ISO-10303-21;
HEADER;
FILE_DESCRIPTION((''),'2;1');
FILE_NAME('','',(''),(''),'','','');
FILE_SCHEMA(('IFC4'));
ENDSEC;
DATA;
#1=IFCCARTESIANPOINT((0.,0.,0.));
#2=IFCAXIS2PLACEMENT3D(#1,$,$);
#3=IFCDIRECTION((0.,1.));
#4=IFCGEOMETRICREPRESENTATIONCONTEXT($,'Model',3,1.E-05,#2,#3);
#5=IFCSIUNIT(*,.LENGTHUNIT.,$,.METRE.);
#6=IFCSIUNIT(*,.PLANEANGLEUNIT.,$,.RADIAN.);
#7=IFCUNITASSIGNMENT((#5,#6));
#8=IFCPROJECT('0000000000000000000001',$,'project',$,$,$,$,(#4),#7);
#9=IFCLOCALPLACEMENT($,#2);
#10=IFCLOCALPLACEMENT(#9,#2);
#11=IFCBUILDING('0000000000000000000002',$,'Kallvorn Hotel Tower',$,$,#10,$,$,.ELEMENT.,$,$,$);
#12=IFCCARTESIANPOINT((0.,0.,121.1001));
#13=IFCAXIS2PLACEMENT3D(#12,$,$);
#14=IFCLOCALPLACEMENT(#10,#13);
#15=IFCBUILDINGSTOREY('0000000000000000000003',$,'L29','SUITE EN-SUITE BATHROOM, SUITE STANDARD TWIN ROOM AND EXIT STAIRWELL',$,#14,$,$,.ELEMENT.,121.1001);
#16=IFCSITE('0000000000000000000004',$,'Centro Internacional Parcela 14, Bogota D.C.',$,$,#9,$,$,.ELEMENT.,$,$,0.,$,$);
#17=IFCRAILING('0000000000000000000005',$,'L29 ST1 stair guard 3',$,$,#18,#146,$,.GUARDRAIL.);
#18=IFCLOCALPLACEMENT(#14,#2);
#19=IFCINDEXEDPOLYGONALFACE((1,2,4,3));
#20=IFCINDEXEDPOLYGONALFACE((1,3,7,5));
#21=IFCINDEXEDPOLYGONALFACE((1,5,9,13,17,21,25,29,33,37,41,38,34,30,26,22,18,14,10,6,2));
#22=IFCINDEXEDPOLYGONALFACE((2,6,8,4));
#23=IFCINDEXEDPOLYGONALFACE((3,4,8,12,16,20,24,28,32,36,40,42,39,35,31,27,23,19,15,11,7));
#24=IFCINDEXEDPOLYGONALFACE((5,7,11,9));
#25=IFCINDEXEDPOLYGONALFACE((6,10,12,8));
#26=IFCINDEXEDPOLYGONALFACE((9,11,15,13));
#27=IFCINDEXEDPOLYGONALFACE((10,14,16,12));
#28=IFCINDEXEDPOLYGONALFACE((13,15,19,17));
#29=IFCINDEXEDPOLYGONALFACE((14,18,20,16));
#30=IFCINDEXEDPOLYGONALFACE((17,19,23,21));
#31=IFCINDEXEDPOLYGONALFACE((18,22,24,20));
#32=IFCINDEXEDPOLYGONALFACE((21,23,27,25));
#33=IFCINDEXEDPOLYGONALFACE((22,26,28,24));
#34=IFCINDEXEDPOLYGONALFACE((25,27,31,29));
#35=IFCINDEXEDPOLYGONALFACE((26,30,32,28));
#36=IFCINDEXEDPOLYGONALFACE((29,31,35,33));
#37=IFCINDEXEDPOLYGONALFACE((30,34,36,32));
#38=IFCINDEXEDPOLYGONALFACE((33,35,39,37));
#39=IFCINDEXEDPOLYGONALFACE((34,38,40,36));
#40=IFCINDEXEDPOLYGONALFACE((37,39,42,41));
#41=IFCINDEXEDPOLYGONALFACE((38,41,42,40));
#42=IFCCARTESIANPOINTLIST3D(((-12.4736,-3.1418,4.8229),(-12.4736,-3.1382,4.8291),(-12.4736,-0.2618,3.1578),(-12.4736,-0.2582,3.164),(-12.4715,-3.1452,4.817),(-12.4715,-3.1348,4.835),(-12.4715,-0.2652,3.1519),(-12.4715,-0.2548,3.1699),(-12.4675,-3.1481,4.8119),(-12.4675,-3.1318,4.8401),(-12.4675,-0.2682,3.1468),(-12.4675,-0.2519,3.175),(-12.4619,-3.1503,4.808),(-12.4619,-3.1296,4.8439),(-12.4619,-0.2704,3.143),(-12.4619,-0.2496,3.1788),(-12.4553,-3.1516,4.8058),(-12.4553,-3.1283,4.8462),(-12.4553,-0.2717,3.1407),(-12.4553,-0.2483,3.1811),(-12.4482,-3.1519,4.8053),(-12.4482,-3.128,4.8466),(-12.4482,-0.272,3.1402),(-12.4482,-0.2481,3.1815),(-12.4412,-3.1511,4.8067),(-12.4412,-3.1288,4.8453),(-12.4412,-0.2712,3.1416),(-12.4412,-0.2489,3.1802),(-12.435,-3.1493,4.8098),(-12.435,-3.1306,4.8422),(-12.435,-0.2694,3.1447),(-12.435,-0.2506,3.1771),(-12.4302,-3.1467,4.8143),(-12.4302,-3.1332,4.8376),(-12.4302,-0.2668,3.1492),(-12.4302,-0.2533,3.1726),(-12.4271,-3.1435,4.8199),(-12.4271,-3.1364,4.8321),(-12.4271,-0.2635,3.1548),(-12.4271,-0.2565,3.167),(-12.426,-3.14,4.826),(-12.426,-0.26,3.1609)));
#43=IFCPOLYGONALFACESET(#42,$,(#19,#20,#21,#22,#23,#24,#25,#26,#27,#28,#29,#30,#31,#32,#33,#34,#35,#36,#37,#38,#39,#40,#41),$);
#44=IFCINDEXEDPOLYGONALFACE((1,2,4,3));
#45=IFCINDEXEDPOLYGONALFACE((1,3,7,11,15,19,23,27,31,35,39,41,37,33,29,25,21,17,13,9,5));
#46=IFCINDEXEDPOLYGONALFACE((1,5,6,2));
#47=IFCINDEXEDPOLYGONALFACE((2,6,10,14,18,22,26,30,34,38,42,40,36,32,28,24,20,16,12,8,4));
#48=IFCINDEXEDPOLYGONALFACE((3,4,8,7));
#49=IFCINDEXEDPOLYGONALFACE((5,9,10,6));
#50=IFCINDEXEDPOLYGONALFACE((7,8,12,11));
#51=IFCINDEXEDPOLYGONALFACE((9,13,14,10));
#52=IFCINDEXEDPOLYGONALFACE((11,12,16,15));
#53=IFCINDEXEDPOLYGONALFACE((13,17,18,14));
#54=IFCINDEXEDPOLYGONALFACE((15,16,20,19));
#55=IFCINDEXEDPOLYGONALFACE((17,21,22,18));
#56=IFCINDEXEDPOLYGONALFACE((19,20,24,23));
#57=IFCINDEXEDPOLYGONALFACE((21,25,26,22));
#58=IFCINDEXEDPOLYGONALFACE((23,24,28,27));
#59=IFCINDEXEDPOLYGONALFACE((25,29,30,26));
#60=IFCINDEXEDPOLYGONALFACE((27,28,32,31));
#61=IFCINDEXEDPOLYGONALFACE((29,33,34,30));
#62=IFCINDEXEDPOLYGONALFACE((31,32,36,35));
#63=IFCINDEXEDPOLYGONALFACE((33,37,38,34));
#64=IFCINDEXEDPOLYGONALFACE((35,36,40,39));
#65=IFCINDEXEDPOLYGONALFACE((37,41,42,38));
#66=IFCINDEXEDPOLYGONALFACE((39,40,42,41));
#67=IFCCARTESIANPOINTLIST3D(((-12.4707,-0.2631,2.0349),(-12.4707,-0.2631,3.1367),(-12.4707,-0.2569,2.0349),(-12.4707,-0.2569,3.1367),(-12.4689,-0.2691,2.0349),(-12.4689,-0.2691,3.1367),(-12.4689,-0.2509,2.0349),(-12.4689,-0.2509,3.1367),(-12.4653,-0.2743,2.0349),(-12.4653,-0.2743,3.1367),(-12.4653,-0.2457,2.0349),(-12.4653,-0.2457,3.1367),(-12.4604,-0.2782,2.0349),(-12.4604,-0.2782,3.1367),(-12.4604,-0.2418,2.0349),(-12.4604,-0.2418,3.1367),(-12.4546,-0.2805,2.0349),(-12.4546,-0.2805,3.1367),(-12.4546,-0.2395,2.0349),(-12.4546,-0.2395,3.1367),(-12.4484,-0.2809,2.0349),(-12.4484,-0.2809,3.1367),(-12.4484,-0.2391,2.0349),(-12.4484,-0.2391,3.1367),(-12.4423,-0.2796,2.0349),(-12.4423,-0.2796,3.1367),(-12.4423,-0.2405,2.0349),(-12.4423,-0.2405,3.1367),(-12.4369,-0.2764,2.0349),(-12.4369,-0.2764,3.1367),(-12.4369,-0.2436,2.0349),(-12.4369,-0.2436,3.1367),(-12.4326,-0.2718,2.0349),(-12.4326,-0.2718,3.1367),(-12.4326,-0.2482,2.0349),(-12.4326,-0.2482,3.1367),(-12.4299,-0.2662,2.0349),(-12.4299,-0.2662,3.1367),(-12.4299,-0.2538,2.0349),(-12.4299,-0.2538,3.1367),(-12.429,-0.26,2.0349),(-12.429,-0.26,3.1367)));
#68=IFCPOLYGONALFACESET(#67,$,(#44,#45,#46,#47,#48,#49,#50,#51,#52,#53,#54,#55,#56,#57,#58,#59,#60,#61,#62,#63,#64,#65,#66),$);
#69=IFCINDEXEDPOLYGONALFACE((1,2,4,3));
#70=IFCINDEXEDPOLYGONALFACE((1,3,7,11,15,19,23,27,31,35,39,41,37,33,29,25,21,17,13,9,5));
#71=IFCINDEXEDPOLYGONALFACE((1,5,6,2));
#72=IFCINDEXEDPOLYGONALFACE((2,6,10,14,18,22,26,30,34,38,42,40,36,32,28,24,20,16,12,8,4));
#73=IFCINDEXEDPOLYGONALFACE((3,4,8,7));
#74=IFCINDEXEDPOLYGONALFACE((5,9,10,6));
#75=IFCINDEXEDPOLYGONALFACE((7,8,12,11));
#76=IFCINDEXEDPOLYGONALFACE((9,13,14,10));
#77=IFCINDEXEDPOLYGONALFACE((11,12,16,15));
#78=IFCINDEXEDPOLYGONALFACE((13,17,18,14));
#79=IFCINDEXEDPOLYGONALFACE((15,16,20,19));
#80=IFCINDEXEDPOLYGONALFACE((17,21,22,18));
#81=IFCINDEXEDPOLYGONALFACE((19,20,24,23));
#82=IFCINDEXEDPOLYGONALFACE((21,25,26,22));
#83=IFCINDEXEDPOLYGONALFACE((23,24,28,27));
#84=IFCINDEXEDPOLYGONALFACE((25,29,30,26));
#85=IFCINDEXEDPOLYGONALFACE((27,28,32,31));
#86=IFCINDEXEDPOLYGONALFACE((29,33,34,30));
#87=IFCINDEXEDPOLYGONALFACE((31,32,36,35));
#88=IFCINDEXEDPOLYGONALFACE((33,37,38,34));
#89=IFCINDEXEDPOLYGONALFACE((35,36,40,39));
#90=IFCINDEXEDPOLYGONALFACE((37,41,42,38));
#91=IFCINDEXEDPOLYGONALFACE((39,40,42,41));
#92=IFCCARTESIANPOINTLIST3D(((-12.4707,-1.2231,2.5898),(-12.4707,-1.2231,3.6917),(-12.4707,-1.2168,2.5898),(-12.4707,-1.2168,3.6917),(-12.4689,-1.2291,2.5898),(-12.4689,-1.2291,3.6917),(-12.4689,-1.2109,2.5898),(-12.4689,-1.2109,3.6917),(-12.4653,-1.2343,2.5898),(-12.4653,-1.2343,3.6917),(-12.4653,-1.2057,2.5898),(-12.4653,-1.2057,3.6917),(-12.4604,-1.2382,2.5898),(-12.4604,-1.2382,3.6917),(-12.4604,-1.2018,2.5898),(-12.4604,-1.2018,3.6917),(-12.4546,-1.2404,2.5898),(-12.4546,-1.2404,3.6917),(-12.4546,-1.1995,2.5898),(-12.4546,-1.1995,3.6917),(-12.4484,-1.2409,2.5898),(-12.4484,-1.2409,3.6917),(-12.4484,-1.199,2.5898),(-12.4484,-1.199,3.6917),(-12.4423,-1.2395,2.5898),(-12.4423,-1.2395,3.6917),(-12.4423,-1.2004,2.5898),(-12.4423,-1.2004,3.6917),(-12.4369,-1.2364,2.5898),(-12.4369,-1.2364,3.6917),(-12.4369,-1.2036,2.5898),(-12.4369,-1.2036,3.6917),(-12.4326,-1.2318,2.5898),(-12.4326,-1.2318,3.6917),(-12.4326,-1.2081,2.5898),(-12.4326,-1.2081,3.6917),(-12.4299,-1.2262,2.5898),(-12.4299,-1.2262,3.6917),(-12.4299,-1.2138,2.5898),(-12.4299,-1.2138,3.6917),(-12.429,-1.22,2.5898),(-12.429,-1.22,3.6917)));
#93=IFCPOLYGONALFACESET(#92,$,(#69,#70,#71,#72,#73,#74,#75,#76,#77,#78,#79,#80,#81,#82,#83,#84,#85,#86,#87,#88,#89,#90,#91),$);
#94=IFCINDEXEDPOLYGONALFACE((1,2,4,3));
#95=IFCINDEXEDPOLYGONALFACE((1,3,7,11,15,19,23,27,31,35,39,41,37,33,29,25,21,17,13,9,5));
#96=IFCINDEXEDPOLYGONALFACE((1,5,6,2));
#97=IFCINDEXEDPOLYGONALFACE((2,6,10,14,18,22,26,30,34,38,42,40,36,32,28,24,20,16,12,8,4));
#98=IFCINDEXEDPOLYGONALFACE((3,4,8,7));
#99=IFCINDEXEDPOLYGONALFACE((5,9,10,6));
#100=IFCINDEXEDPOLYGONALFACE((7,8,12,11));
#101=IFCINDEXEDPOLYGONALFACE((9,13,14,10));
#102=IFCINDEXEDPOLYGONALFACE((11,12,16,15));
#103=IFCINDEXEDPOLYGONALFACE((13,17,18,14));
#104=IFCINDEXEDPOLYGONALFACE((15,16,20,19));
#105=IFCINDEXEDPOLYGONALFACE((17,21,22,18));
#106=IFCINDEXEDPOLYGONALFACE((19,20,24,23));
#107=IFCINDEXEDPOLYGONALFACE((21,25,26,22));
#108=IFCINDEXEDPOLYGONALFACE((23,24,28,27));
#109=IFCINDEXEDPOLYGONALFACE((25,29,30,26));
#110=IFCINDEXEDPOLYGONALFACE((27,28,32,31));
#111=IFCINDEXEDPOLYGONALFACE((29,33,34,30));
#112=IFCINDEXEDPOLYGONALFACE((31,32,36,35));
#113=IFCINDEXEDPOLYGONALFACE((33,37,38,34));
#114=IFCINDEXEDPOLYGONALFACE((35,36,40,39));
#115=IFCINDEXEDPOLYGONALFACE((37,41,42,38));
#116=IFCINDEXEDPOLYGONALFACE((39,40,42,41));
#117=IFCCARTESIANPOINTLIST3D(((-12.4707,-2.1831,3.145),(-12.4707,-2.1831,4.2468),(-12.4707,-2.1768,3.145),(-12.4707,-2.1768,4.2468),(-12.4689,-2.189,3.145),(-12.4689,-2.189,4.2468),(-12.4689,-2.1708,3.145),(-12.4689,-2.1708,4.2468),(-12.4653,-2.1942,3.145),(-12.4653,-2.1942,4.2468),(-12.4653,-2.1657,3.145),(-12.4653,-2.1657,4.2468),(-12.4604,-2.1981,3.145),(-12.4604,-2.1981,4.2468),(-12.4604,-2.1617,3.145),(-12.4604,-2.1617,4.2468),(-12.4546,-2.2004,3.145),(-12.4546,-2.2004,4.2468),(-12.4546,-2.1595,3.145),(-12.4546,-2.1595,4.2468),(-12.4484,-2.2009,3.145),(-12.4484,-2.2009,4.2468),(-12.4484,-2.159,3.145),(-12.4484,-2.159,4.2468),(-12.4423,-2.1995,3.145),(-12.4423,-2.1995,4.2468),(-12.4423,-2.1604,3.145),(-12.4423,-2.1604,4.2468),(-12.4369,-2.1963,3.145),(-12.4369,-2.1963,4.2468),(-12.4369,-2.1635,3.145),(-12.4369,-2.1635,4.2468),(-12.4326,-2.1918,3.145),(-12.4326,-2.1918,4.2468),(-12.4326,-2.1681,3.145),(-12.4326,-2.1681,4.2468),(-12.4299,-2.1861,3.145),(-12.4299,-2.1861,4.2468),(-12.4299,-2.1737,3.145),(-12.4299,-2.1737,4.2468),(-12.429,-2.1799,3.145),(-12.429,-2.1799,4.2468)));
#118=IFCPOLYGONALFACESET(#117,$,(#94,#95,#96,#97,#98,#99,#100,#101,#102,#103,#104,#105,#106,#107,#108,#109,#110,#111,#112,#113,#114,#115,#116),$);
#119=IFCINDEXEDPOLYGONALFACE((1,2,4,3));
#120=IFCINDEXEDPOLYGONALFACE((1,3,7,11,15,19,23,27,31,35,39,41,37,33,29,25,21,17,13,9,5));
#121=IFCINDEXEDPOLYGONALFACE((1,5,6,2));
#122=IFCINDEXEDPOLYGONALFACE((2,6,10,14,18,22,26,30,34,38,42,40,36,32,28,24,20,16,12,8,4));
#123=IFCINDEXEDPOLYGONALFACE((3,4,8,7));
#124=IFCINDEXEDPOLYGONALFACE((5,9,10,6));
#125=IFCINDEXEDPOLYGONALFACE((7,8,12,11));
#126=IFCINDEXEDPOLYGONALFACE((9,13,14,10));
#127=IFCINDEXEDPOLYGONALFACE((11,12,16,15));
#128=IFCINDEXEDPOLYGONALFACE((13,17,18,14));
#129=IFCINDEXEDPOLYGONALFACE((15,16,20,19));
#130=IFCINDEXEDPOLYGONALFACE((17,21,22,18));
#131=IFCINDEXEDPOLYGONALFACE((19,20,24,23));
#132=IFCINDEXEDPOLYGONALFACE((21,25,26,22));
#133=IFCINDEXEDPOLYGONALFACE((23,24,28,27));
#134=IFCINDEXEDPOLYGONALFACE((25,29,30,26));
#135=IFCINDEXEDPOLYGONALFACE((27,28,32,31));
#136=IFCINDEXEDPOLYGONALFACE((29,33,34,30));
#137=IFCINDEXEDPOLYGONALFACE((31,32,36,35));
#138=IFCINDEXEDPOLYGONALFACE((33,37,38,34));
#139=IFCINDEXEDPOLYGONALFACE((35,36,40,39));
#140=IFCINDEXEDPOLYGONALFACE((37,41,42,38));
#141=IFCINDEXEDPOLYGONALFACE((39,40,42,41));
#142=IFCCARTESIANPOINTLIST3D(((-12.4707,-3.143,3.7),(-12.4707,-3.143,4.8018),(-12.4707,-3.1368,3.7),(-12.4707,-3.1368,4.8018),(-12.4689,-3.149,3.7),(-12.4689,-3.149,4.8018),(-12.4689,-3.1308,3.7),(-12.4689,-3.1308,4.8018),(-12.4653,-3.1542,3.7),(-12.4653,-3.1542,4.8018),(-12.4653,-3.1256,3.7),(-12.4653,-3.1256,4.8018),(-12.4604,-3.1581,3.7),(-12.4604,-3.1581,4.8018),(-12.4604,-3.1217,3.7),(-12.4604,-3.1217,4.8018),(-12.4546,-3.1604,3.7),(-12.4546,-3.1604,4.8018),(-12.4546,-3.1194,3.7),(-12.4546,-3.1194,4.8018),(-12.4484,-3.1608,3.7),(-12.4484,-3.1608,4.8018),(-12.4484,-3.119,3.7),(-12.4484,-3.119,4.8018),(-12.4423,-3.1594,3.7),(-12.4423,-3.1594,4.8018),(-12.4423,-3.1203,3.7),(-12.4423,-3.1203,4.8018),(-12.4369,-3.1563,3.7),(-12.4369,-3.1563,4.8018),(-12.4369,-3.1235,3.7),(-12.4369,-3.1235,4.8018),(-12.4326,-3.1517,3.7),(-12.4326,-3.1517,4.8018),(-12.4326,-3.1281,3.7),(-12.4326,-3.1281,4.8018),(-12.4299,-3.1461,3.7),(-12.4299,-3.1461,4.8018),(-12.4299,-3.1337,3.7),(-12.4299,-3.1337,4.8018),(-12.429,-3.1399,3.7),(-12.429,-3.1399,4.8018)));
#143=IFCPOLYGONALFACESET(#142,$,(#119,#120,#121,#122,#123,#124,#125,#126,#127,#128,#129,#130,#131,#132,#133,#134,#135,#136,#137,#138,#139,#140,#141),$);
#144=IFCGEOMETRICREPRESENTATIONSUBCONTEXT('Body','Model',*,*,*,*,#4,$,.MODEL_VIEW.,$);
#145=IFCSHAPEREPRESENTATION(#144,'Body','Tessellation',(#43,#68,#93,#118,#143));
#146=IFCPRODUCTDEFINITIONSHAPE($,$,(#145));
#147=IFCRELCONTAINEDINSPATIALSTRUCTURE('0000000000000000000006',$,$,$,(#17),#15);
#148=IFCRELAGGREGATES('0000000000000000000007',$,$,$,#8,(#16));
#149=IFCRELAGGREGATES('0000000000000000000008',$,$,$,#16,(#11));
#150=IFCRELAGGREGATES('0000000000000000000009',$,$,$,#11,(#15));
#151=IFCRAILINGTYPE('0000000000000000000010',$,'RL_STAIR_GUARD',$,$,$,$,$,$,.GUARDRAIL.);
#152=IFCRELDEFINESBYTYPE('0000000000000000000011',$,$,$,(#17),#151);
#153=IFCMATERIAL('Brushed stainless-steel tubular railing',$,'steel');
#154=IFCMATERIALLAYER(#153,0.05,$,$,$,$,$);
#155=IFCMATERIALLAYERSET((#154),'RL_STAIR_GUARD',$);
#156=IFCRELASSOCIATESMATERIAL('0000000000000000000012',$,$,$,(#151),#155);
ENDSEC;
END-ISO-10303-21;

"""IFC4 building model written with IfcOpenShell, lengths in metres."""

from ifc_helpers import new_model, si_unit, direction, frame, origin, origin_2d, place, context, subcontext, project, spatial, circle, extrude, material, layer, layer_set, type_object, element, save


model = new_model("IFC4")

# Units and contexts
model_context = context("Model", 3, precision=1e-05, world=origin(), true_north=direction((0.0, 1.0)))
body_context = subcontext(model_context, "Body", "Model", "MODEL_VIEW")
ifc_project = project(units=[si_unit("LENGTHUNIT", "METRE"), si_unit("PLANEANGLEUNIT", "RADIAN")], contexts=[model_context])

# Site, building, storey
site_placement = place(None, origin())
site = spatial("IfcSite", under=ifc_project, at=site_placement, Name="Centro Internacional Parcela 14, Bogota D.C.", CompositionType="ELEMENT", RefElevation=0.0)
building_placement = place(site_placement, origin())
building = spatial("IfcBuilding", under=site, at=building_placement, Name="Kallvorn Hotel Tower", CompositionType="ELEMENT")
storey_placement = place(building_placement, frame((0.0, 0.0, 121.1001)))
storey = spatial("IfcBuildingStorey", under=building, at=storey_placement, Name="L29", Description="SUITE EN-SUITE BATHROOM, SUITE STANDARD TWIN ROOM AND EXIT STAIRWELL", CompositionType="ELEMENT", Elevation=121.1001)

# Railing
ifc_material_1 = material(Name="Brushed stainless-steel tubular railing", Category="steel")
ifc_layer_1 = layer(ifc_material_1, 0.05)
ifc_layer_set_1 = layer_set([ifc_layer_1], Name="RL_STAIR_GUARD")
railing_type_1 = type_object("IfcRailingType", Name="RL_STAIR_GUARD", PredefinedType="GUARDRAIL", material=ifc_layer_set_1)
railing_1_placement = place(storey_placement, frame((-12.45, -0.26, 2.0349)))
element("IfcRailing", 1, at=railing_1_placement, inside=storey, type_object=railing_type_1, Name="L29 ST1 stair guard 3", PredefinedType="GUARDRAIL", context=body_context, shape_type="SweptSolid", body=[
    extrude(circle(Radius=0.0239, at=origin_2d()), frame((0.0, 0.0, 1.126), z_axis=(0.0, -0.865721, 0.500527), x_axis=(1.0, 0.0, 0.0)), (0.0, 0.0, 1.0), 3.3267),
    extrude(circle(Radius=0.021, at=origin_2d()), origin(), (0.0, 0.0, 1.0), 1.1018),
    extrude(circle(Radius=0.021, at=origin_2d()), frame((0.0, -0.96, 0.5549)), (0.0, 0.0, 1.0), 1.1018),
    extrude(circle(Radius=0.021, at=origin_2d()), frame((0.0, -1.9199, 1.1101)), (0.0, 0.0, 1.0), 1.1018),
    extrude(circle(Radius=0.021, at=origin_2d()), frame((0.0, -2.8799, 1.665)), (0.0, 0.0, 1.0), 1.1018),
])

save(model, "model.ifc")
